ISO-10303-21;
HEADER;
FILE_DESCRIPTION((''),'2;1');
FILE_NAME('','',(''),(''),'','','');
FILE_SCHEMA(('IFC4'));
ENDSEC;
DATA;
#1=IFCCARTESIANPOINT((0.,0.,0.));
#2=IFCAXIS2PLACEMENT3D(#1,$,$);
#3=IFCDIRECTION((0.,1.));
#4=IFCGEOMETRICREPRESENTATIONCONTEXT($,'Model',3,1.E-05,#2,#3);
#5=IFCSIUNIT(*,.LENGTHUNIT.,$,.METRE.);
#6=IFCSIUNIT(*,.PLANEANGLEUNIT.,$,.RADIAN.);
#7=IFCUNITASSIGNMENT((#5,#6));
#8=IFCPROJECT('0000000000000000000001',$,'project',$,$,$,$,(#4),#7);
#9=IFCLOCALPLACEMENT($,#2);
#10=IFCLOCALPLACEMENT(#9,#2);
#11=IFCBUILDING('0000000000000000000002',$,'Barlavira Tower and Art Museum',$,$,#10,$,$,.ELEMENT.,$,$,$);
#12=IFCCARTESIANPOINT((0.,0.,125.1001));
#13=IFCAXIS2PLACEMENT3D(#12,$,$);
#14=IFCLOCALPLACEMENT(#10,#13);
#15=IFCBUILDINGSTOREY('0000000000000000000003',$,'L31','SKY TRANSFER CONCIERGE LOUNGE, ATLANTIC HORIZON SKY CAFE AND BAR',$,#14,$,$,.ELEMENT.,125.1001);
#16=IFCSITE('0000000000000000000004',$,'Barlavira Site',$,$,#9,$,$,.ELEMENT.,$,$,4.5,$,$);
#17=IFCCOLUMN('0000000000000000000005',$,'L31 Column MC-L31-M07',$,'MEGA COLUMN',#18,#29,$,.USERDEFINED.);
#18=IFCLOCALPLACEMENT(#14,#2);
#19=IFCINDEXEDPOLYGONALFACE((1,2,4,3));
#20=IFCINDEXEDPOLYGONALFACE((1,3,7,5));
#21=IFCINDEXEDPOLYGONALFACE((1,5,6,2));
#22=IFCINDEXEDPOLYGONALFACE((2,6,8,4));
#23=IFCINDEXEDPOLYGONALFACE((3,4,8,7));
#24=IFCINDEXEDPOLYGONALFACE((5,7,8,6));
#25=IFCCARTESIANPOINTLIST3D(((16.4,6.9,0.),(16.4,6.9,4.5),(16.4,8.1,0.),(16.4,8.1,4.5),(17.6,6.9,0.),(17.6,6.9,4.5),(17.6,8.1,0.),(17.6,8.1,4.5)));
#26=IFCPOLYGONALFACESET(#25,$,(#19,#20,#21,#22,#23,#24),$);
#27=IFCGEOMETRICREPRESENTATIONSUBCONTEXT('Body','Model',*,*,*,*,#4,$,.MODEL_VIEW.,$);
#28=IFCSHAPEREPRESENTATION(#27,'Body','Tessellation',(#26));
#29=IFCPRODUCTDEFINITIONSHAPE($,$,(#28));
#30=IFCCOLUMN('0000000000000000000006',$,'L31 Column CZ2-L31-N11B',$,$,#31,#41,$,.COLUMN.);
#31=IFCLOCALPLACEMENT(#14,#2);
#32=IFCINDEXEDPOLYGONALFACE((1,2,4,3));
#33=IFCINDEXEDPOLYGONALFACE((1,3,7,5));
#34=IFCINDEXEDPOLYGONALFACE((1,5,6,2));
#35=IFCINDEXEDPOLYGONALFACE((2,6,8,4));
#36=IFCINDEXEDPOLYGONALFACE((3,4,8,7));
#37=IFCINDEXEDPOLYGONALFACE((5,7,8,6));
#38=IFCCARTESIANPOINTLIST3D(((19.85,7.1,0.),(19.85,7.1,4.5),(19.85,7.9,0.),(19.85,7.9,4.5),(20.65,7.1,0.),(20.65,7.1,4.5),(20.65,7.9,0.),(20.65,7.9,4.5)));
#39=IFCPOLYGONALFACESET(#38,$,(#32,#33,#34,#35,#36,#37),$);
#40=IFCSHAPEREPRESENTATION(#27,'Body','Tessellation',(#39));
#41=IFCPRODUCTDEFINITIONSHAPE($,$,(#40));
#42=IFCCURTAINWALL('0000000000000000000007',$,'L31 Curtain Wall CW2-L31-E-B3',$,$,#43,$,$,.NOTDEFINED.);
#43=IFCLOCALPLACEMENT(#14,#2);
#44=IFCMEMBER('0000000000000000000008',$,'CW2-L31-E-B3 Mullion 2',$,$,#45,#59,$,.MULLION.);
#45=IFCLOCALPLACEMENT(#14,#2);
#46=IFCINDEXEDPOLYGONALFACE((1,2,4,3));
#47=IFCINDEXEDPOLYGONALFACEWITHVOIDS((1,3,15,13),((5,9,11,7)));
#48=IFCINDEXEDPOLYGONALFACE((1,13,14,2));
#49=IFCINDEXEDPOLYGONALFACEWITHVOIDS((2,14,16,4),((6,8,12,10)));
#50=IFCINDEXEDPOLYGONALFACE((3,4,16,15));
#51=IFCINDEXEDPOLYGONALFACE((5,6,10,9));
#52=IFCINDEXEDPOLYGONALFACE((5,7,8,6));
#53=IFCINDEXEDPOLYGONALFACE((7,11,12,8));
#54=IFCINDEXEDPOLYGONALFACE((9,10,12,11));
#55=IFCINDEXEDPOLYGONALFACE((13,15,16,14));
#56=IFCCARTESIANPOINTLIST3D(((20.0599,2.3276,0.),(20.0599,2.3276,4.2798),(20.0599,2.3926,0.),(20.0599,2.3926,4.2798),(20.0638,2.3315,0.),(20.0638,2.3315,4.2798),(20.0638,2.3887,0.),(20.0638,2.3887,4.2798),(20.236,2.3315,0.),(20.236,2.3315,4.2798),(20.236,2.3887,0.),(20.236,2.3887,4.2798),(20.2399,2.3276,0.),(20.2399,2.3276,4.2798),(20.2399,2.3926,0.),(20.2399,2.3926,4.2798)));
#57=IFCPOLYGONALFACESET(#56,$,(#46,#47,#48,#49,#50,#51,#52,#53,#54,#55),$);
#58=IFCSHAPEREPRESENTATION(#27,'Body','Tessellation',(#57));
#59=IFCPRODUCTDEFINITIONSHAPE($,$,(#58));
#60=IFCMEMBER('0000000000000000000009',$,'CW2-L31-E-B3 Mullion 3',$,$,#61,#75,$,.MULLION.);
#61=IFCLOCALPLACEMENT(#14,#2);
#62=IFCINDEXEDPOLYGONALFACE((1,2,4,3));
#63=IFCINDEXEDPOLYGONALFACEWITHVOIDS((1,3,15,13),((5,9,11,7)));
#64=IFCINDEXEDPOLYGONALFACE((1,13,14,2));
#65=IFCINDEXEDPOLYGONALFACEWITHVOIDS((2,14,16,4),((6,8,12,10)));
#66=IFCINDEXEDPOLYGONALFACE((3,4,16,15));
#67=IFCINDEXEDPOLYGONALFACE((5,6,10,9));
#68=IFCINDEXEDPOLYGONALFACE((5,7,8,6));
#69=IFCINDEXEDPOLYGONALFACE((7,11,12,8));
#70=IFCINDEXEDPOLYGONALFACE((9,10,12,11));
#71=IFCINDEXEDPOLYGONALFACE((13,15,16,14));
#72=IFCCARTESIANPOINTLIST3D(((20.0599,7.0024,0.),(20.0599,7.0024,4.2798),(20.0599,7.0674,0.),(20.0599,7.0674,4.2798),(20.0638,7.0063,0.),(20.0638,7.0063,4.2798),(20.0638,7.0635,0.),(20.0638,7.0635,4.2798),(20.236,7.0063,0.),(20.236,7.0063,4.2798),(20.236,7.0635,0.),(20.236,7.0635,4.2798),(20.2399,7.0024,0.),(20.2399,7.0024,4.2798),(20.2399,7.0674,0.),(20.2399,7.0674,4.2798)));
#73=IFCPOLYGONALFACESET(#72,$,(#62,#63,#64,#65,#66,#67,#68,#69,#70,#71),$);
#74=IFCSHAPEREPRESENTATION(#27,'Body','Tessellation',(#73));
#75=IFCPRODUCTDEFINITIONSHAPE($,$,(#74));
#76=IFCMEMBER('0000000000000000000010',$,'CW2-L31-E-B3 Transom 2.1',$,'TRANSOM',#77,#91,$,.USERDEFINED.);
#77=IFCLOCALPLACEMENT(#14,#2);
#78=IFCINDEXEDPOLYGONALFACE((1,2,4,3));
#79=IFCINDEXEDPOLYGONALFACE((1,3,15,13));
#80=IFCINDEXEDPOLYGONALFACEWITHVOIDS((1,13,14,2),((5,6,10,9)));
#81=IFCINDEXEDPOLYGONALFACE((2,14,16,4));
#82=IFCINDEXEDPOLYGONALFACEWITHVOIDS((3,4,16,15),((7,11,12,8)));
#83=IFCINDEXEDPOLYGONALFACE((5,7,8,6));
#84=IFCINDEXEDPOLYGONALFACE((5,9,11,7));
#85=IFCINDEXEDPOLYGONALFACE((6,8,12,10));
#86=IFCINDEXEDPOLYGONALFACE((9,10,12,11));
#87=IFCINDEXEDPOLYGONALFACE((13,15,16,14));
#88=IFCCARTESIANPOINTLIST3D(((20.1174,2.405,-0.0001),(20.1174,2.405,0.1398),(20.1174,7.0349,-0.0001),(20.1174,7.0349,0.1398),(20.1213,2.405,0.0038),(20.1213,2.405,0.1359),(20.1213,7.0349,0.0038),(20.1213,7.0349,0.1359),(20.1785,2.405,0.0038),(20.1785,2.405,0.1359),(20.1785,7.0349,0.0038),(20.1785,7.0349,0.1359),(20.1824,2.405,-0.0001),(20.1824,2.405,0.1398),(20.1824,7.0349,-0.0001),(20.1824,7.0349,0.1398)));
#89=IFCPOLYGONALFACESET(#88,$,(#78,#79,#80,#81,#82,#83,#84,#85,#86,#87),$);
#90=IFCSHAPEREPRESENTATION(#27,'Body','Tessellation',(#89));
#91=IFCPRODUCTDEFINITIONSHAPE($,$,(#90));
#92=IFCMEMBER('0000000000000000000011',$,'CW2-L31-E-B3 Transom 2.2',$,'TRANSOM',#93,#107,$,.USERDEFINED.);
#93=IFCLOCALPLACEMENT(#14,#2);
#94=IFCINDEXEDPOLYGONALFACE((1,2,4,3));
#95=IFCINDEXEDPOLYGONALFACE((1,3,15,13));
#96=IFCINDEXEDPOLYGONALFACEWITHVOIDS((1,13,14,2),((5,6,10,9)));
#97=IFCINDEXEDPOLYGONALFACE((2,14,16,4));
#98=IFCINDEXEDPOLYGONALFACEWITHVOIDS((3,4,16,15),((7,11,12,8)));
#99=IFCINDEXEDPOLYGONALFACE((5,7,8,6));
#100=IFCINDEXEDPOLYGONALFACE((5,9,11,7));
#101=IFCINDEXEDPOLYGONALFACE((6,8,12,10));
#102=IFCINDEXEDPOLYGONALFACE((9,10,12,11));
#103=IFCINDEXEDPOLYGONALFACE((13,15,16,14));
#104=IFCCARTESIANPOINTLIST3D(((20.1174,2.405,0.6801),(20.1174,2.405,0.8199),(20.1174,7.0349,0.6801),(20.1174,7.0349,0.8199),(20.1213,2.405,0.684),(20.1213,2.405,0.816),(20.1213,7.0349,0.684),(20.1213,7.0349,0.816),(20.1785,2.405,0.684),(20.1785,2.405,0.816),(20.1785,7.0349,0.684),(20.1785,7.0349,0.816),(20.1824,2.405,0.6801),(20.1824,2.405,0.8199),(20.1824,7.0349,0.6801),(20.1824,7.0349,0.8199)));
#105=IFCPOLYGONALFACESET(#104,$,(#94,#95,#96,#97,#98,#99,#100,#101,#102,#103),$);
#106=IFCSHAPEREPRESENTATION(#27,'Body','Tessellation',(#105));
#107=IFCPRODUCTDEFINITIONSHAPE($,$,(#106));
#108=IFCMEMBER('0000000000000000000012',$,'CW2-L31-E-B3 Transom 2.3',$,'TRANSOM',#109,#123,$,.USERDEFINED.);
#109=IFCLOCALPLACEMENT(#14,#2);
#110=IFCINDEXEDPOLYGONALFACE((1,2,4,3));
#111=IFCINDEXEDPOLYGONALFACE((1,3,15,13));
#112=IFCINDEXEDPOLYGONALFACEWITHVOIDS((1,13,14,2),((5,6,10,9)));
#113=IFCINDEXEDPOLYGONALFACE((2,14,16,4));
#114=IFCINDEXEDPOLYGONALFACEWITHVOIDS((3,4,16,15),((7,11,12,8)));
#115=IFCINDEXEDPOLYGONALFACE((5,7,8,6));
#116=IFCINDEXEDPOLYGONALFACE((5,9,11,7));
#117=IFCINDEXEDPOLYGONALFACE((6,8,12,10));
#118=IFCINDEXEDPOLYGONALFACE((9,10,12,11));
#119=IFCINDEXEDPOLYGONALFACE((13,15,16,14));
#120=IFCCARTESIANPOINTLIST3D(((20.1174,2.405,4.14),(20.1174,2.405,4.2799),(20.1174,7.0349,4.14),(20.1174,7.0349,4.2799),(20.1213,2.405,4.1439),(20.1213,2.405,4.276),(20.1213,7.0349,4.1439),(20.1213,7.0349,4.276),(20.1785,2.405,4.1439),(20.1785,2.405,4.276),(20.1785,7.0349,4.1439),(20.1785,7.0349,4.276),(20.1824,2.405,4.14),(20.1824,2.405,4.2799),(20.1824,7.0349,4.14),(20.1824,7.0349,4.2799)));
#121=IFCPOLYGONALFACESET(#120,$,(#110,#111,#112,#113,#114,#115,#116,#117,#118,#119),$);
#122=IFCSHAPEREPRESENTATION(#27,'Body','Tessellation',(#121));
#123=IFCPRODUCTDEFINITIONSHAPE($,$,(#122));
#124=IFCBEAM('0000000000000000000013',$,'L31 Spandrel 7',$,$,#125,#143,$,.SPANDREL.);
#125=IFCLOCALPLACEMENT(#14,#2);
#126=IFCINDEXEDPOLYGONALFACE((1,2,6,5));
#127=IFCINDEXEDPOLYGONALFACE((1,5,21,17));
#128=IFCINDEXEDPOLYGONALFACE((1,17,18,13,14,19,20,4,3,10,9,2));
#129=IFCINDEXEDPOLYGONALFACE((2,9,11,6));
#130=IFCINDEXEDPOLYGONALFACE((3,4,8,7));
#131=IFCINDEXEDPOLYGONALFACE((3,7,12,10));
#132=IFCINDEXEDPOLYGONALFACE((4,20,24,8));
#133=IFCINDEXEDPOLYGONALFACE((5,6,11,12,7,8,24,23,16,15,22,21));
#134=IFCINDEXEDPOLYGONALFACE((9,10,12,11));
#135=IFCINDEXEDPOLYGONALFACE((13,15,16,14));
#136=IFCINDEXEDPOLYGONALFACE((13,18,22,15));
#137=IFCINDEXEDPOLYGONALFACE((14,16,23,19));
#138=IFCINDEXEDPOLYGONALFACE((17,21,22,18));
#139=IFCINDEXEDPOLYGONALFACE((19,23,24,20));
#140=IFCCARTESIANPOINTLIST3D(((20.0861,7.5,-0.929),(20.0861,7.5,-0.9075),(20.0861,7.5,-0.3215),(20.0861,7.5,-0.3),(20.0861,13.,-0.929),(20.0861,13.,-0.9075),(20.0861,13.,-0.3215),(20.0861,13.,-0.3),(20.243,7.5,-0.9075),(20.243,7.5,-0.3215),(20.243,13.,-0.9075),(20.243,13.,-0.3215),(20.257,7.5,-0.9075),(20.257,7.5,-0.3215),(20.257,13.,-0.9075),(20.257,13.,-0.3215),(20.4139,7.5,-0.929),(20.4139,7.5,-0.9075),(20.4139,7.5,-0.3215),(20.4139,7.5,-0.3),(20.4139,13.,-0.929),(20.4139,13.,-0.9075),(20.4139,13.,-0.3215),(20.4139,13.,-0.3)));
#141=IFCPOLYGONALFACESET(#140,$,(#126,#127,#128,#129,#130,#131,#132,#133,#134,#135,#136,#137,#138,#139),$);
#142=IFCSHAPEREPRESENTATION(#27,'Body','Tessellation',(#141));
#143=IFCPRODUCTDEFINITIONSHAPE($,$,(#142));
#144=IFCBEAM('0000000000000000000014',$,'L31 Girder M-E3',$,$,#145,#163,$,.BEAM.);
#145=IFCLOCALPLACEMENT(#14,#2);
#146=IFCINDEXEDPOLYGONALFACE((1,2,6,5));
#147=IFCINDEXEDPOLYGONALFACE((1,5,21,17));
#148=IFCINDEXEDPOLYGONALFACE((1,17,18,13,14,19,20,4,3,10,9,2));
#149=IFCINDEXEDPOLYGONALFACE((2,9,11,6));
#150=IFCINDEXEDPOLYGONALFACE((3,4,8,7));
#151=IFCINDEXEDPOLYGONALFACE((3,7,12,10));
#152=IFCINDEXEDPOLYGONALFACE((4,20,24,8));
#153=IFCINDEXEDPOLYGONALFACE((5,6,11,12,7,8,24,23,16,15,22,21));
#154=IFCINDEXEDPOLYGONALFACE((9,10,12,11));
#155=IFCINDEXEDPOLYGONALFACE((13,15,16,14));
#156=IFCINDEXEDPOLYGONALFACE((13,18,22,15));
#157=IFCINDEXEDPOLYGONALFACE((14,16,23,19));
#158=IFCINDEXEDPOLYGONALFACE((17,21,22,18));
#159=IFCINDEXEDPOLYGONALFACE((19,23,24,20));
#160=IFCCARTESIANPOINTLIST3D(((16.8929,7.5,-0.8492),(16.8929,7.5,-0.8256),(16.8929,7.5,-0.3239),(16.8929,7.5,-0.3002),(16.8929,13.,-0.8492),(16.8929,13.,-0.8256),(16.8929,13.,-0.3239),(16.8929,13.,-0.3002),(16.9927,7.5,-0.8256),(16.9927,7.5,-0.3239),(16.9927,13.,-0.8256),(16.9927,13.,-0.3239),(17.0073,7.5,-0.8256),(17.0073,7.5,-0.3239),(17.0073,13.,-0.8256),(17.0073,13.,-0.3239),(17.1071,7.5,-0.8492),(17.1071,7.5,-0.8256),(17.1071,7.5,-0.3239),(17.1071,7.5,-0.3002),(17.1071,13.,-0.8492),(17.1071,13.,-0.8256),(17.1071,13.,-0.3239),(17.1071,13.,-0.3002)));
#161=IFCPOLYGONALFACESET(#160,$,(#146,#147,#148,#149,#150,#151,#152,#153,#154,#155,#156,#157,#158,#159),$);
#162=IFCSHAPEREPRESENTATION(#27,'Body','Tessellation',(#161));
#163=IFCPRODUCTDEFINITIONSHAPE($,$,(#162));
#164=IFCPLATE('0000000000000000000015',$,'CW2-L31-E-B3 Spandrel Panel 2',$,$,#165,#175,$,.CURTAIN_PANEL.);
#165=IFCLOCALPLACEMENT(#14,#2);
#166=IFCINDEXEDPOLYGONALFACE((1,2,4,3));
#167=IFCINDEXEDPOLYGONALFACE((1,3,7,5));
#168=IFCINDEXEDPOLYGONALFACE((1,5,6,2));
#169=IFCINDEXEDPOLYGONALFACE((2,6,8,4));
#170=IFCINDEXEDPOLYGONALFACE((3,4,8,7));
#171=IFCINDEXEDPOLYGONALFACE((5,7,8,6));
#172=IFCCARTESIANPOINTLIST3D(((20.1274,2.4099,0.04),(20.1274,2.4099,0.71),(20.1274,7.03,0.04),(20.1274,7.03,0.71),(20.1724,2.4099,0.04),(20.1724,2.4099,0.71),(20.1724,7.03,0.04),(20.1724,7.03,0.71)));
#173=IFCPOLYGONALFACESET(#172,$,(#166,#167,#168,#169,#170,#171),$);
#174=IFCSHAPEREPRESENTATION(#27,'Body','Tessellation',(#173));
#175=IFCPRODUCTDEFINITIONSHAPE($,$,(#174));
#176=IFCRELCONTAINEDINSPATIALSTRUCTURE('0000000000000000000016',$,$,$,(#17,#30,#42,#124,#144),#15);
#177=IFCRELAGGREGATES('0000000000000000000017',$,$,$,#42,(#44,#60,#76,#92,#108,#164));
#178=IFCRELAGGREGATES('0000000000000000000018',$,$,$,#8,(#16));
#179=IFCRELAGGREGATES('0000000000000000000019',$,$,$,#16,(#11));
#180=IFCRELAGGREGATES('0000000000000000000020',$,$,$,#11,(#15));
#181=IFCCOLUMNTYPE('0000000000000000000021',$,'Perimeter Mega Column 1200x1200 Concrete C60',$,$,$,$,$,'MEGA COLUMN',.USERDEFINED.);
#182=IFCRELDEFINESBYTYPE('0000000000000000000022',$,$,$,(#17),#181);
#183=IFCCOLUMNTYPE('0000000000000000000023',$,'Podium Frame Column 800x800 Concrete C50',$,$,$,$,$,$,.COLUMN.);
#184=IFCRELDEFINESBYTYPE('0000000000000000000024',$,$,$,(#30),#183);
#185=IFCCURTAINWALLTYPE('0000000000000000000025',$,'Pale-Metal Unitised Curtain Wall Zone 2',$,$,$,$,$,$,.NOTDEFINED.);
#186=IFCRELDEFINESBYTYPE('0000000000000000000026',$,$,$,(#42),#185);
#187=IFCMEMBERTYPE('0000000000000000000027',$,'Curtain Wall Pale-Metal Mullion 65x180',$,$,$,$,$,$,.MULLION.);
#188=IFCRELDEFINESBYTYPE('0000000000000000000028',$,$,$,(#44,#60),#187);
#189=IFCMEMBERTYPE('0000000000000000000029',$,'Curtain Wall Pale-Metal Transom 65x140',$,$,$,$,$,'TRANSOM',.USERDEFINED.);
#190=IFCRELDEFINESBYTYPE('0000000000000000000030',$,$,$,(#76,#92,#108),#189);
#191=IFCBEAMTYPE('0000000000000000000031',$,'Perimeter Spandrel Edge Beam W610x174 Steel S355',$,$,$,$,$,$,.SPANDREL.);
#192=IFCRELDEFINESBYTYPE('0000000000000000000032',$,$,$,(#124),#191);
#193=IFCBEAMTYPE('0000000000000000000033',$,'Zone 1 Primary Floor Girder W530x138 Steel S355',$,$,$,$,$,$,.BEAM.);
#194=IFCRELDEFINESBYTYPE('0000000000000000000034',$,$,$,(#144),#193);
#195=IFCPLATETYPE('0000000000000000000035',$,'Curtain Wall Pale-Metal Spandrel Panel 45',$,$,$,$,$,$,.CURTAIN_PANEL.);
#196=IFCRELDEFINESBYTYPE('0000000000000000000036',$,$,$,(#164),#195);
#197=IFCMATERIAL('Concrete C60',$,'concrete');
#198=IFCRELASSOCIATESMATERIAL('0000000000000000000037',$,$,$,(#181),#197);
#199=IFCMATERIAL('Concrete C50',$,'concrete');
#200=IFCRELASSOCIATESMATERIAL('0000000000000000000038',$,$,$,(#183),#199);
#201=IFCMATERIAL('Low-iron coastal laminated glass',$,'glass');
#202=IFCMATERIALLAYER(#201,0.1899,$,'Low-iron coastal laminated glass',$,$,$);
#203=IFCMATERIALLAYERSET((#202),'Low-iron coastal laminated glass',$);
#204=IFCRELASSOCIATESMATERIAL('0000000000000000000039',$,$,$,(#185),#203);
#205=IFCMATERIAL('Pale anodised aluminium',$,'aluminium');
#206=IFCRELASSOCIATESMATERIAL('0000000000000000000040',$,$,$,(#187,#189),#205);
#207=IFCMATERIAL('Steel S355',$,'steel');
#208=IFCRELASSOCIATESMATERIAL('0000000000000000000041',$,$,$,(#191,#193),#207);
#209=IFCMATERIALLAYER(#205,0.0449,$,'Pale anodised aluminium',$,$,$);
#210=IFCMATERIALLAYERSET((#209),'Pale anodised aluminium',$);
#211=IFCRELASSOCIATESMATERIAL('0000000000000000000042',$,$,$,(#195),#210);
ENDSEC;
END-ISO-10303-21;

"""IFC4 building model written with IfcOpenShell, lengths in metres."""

from ifc_helpers import new_model, si_unit, direction, frame, origin, origin_2d, place, context, subcontext, project, spatial, rectangle, hollow_rectangle, i_section, extrude, material, layer, layer_set, material_profile, profile_set, type_object, element, aggregate, save


model = new_model("IFC4")

# Units and contexts
model_context = context("Model", 3, precision=1e-05, world=origin(), true_north=direction((0.0, 1.0)))
body_context = subcontext(model_context, "Body", "Model", "MODEL_VIEW")
ifc_project = project(units=[si_unit("LENGTHUNIT", "METRE"), si_unit("PLANEANGLEUNIT", "RADIAN")], contexts=[model_context])

# Site, building, storey
site_placement = place(None, origin())
site = spatial("IfcSite", under=ifc_project, at=site_placement, Name="Barlavira Site", CompositionType="ELEMENT", RefElevation=4.5)
building_placement = place(site_placement, origin())
building = spatial("IfcBuilding", under=site, at=building_placement, Name="Barlavira Tower and Art Museum", CompositionType="ELEMENT")
storey_placement = place(building_placement, frame((0.0, 0.0, 125.1001)))
storey = spatial("IfcBuildingStorey", under=building, at=storey_placement, Name="L31", Description="SKY TRANSFER CONCIERGE LOUNGE, ATLANTIC HORIZON SKY CAFE AND BAR", CompositionType="ELEMENT", Elevation=125.1001)

# Columns
ifc_material_1 = material(Name="Concrete C60", Category="concrete")
ifc_material_profile_1 = material_profile(ifc_material_1, rectangle(XDim=1.2, YDim=1.2, at=origin_2d()), Name="RC-COL 1200x1200")
ifc_profile_set_1 = profile_set([ifc_material_profile_1], Name="Concrete C60")
column_type_1 = type_object("IfcColumnType", Name="Perimeter Mega Column 1200x1200 Concrete C60", ElementType="MEGA COLUMN", PredefinedType="USERDEFINED", material=ifc_profile_set_1)
column_1_placement = place(storey_placement, frame((17.0, 7.5, 0.0), z_axis=(0.0, 0.0, 1.0), x_axis=(1.0, 0.0, 0.0)))
element("IfcColumn", 1, at=column_1_placement, inside=storey, type_object=column_type_1, Name="L31 Column MC-L31-M07", ObjectType="MEGA COLUMN", PredefinedType="USERDEFINED", context=body_context, shape_type="SweptSolid", body=[
    extrude(rectangle(XDim=1.2, YDim=1.2, at=origin_2d()), origin(), (0.0, 0.0, 1.0), 4.5),
])
ifc_material_2 = material(Name="Concrete C50", Category="concrete")
ifc_material_profile_2 = material_profile(ifc_material_2, rectangle(XDim=0.8, YDim=0.8, at=origin_2d()), Name="RC-COL 800x800")
ifc_profile_set_2 = profile_set([ifc_material_profile_2], Name="Concrete C50")
column_type_2 = type_object("IfcColumnType", Name="Podium Frame Column 800x800 Concrete C50", PredefinedType="COLUMN", material=ifc_profile_set_2)
column_2_placement = place(storey_placement, frame((20.25, 7.5, 0.0), z_axis=(0.0, 0.0, 1.0), x_axis=(1.0, 0.0, 0.0)))
element("IfcColumn", 2, at=column_2_placement, inside=storey, type_object=column_type_2, Name="L31 Column CZ2-L31-N11B", PredefinedType="COLUMN", context=body_context, shape_type="SweptSolid", body=[
    extrude(rectangle(XDim=0.8, YDim=0.8, at=origin_2d()), origin(), (0.0, 0.0, 1.0), 4.5),
])

# Curtain wall, members
ifc_material_3 = material(Name="Low-iron coastal laminated glass", Category="glass")
ifc_layer_1 = layer(ifc_material_3, 0.1899, Name="Low-iron coastal laminated glass")
ifc_layer_set_1 = layer_set([ifc_layer_1], Name="Low-iron coastal laminated glass")
curtain_wall_type = type_object("IfcCurtainWallType", Name="Pale-Metal Unitised Curtain Wall Zone 2", PredefinedType="NOTDEFINED", material=ifc_layer_set_1)
curtain_wall_placement = place(storey_placement, origin())
curtain_wall = element("IfcCurtainWall", 3, at=curtain_wall_placement, inside=storey, type_object=curtain_wall_type, Name="L31 Curtain Wall CW2-L31-E-B3", PredefinedType="NOTDEFINED")
ifc_material_4 = material(Name="Pale anodised aluminium", Category="aluminium")
ifc_material_profile_3 = material_profile(ifc_material_4, hollow_rectangle(XDim=0.0649, YDim=0.1799, WallThickness=0.0039, at=origin_2d()), Name="ALU-MULL 65x180x4")
ifc_profile_set_3 = profile_set([ifc_material_profile_3], Name="Pale anodised aluminium")
member_type_1 = type_object("IfcMemberType", Name="Curtain Wall Pale-Metal Mullion 65x180", PredefinedType="MULLION", material=ifc_profile_set_3)
member_1_placement = place(storey_placement, frame((20.1499, 2.3601, 0.0), z_axis=(0.0, 0.0, 1.0), x_axis=(0.0, 1.0, 0.0)))
member_1 = element("IfcMember", 4, at=member_1_placement, type_object=member_type_1, Name="CW2-L31-E-B3 Mullion 2", PredefinedType="MULLION", context=body_context, shape_type="SweptSolid", body=[
    extrude(hollow_rectangle(XDim=0.0649, YDim=0.1799, WallThickness=0.0039, at=origin_2d()), origin(), (0.0, 0.0, 1.0), 4.2798),
])
member_2_placement = place(storey_placement, frame((20.1499, 7.0349, 0.0), z_axis=(0.0, 0.0, 1.0), x_axis=(0.0, 1.0, 0.0)))
member_2 = element("IfcMember", 5, at=member_2_placement, type_object=member_type_1, Name="CW2-L31-E-B3 Mullion 3", PredefinedType="MULLION", context=body_context, shape_type="SweptSolid", body=[
    extrude(hollow_rectangle(XDim=0.0649, YDim=0.1799, WallThickness=0.0039, at=origin_2d()), origin(), (0.0, 0.0, 1.0), 4.2798),
])
ifc_material_profile_4 = material_profile(ifc_material_4, hollow_rectangle(XDim=0.0649, YDim=0.1399, WallThickness=0.0039, at=origin_2d()), Name="ALU-TRAN 65x140x4")
ifc_profile_set_4 = profile_set([ifc_material_profile_4], Name="Pale anodised aluminium")
member_type_2 = type_object("IfcMemberType", Name="Curtain Wall Pale-Metal Transom 65x140", ElementType="TRANSOM", PredefinedType="USERDEFINED", material=ifc_profile_set_4)
member_3_placement = place(storey_placement, frame((20.1499, 2.405, 0.0698), z_axis=(0.0, 1.0, 0.0), x_axis=(-1.0, 0.0, 0.0)))
member_3 = element("IfcMember", 6, at=member_3_placement, type_object=member_type_2, Name="CW2-L31-E-B3 Transom 2.1", ObjectType="TRANSOM", PredefinedType="USERDEFINED", context=body_context, shape_type="SweptSolid", body=[
    extrude(hollow_rectangle(XDim=0.0649, YDim=0.1399, WallThickness=0.0039, at=origin_2d()), origin(), (0.0, 0.0, 1.0), 4.6299),
])
member_4_placement = place(storey_placement, frame((20.1499, 2.405, 0.75), z_axis=(0.0, 1.0, 0.0), x_axis=(-1.0, 0.0, 0.0)))
member_4 = element("IfcMember", 7, at=member_4_placement, type_object=member_type_2, Name="CW2-L31-E-B3 Transom 2.2", ObjectType="TRANSOM", PredefinedType="USERDEFINED", context=body_context, shape_type="SweptSolid", body=[
    extrude(hollow_rectangle(XDim=0.0649, YDim=0.1399, WallThickness=0.0039, at=origin_2d()), origin(), (0.0, 0.0, 1.0), 4.6299),
])
member_5_placement = place(storey_placement, frame((20.1499, 2.405, 4.21), z_axis=(0.0, 1.0, 0.0), x_axis=(-1.0, 0.0, 0.0)))
member_5 = element("IfcMember", 8, at=member_5_placement, type_object=member_type_2, Name="CW2-L31-E-B3 Transom 2.3", ObjectType="TRANSOM", PredefinedType="USERDEFINED", context=body_context, shape_type="SweptSolid", body=[
    extrude(hollow_rectangle(XDim=0.0649, YDim=0.1399, WallThickness=0.0039, at=origin_2d()), origin(), (0.0, 0.0, 1.0), 4.6299),
])

# Beams
ifc_material_5 = material(Name="Steel S355", Category="steel")
ifc_material_profile_5 = material_profile(ifc_material_5, i_section(OverallWidth=0.3279, OverallDepth=0.6289, WebThickness=0.0139, FlangeThickness=0.0215, at=origin_2d()), Name="W610x174.0")
ifc_profile_set_5 = profile_set([ifc_material_profile_5], Name="Steel S355")
beam_type_1 = type_object("IfcBeamType", Name="Perimeter Spandrel Edge Beam W610x174 Steel S355", PredefinedType="SPANDREL", material=ifc_profile_set_5)
beam_1_placement = place(storey_placement, frame((20.25, 7.5, -0.6145), z_axis=(0.0, 1.0, 0.0), x_axis=(-1.0, 0.0, 0.0)))
element("IfcBeam", 9, at=beam_1_placement, inside=storey, type_object=beam_type_1, Name="L31 Spandrel 7", PredefinedType="SPANDREL", context=body_context, shape_type="SweptSolid", body=[
    extrude(i_section(OverallWidth=0.3279, OverallDepth=0.6289, WebThickness=0.0139, FlangeThickness=0.0215, at=origin_2d()), origin(), (0.0, 0.0, 1.0), 5.5),
])
ifc_material_profile_6 = material_profile(ifc_material_5, i_section(OverallWidth=0.2141, OverallDepth=0.5491, WebThickness=0.0146, FlangeThickness=0.0237, at=origin_2d()), Name="W530x138.0")
ifc_profile_set_6 = profile_set([ifc_material_profile_6], Name="Steel S355")
beam_type_2 = type_object("IfcBeamType", Name="Zone 1 Primary Floor Girder W530x138 Steel S355", PredefinedType="BEAM", material=ifc_profile_set_6)
beam_2_placement = place(storey_placement, frame((17.0, 7.5, -0.5747), z_axis=(0.0, 1.0, 0.0), x_axis=(-1.0, 0.0, 0.0)))
element("IfcBeam", 10, at=beam_2_placement, inside=storey, type_object=beam_type_2, Name="L31 Girder M-E3", PredefinedType="BEAM", context=body_context, shape_type="SweptSolid", body=[
    extrude(i_section(OverallWidth=0.2141, OverallDepth=0.5491, WebThickness=0.0146, FlangeThickness=0.0237, at=origin_2d()), origin(), (0.0, 0.0, 1.0), 5.5),
])

# Plate
ifc_layer_2 = layer(ifc_material_4, 0.0449, Name="Pale anodised aluminium")
ifc_layer_set_2 = layer_set([ifc_layer_2], Name="Pale anodised aluminium")
plate_type_1 = type_object("IfcPlateType", Name="Curtain Wall Pale-Metal Spandrel Panel 45", PredefinedType="CURTAIN_PANEL", material=ifc_layer_set_2)
plate_1_placement = place(storey_placement, frame((20.1499, 4.72, 0.04), z_axis=(0.0, 0.0, 1.0), x_axis=(0.0, 1.0, 0.0)))
plate_1 = element("IfcPlate", 11, at=plate_1_placement, type_object=plate_type_1, Name="CW2-L31-E-B3 Spandrel Panel 2", PredefinedType="CURTAIN_PANEL", context=body_context, shape_type="SweptSolid", body=[
    extrude(rectangle(XDim=4.6201, YDim=0.0449, at=origin_2d()), origin(), (0.0, 0.0, 1.0), 0.6699),
])
aggregate(curtain_wall, [member_1, member_2, member_3, member_4, member_5, plate_1])

save(model, "model.ifc")
